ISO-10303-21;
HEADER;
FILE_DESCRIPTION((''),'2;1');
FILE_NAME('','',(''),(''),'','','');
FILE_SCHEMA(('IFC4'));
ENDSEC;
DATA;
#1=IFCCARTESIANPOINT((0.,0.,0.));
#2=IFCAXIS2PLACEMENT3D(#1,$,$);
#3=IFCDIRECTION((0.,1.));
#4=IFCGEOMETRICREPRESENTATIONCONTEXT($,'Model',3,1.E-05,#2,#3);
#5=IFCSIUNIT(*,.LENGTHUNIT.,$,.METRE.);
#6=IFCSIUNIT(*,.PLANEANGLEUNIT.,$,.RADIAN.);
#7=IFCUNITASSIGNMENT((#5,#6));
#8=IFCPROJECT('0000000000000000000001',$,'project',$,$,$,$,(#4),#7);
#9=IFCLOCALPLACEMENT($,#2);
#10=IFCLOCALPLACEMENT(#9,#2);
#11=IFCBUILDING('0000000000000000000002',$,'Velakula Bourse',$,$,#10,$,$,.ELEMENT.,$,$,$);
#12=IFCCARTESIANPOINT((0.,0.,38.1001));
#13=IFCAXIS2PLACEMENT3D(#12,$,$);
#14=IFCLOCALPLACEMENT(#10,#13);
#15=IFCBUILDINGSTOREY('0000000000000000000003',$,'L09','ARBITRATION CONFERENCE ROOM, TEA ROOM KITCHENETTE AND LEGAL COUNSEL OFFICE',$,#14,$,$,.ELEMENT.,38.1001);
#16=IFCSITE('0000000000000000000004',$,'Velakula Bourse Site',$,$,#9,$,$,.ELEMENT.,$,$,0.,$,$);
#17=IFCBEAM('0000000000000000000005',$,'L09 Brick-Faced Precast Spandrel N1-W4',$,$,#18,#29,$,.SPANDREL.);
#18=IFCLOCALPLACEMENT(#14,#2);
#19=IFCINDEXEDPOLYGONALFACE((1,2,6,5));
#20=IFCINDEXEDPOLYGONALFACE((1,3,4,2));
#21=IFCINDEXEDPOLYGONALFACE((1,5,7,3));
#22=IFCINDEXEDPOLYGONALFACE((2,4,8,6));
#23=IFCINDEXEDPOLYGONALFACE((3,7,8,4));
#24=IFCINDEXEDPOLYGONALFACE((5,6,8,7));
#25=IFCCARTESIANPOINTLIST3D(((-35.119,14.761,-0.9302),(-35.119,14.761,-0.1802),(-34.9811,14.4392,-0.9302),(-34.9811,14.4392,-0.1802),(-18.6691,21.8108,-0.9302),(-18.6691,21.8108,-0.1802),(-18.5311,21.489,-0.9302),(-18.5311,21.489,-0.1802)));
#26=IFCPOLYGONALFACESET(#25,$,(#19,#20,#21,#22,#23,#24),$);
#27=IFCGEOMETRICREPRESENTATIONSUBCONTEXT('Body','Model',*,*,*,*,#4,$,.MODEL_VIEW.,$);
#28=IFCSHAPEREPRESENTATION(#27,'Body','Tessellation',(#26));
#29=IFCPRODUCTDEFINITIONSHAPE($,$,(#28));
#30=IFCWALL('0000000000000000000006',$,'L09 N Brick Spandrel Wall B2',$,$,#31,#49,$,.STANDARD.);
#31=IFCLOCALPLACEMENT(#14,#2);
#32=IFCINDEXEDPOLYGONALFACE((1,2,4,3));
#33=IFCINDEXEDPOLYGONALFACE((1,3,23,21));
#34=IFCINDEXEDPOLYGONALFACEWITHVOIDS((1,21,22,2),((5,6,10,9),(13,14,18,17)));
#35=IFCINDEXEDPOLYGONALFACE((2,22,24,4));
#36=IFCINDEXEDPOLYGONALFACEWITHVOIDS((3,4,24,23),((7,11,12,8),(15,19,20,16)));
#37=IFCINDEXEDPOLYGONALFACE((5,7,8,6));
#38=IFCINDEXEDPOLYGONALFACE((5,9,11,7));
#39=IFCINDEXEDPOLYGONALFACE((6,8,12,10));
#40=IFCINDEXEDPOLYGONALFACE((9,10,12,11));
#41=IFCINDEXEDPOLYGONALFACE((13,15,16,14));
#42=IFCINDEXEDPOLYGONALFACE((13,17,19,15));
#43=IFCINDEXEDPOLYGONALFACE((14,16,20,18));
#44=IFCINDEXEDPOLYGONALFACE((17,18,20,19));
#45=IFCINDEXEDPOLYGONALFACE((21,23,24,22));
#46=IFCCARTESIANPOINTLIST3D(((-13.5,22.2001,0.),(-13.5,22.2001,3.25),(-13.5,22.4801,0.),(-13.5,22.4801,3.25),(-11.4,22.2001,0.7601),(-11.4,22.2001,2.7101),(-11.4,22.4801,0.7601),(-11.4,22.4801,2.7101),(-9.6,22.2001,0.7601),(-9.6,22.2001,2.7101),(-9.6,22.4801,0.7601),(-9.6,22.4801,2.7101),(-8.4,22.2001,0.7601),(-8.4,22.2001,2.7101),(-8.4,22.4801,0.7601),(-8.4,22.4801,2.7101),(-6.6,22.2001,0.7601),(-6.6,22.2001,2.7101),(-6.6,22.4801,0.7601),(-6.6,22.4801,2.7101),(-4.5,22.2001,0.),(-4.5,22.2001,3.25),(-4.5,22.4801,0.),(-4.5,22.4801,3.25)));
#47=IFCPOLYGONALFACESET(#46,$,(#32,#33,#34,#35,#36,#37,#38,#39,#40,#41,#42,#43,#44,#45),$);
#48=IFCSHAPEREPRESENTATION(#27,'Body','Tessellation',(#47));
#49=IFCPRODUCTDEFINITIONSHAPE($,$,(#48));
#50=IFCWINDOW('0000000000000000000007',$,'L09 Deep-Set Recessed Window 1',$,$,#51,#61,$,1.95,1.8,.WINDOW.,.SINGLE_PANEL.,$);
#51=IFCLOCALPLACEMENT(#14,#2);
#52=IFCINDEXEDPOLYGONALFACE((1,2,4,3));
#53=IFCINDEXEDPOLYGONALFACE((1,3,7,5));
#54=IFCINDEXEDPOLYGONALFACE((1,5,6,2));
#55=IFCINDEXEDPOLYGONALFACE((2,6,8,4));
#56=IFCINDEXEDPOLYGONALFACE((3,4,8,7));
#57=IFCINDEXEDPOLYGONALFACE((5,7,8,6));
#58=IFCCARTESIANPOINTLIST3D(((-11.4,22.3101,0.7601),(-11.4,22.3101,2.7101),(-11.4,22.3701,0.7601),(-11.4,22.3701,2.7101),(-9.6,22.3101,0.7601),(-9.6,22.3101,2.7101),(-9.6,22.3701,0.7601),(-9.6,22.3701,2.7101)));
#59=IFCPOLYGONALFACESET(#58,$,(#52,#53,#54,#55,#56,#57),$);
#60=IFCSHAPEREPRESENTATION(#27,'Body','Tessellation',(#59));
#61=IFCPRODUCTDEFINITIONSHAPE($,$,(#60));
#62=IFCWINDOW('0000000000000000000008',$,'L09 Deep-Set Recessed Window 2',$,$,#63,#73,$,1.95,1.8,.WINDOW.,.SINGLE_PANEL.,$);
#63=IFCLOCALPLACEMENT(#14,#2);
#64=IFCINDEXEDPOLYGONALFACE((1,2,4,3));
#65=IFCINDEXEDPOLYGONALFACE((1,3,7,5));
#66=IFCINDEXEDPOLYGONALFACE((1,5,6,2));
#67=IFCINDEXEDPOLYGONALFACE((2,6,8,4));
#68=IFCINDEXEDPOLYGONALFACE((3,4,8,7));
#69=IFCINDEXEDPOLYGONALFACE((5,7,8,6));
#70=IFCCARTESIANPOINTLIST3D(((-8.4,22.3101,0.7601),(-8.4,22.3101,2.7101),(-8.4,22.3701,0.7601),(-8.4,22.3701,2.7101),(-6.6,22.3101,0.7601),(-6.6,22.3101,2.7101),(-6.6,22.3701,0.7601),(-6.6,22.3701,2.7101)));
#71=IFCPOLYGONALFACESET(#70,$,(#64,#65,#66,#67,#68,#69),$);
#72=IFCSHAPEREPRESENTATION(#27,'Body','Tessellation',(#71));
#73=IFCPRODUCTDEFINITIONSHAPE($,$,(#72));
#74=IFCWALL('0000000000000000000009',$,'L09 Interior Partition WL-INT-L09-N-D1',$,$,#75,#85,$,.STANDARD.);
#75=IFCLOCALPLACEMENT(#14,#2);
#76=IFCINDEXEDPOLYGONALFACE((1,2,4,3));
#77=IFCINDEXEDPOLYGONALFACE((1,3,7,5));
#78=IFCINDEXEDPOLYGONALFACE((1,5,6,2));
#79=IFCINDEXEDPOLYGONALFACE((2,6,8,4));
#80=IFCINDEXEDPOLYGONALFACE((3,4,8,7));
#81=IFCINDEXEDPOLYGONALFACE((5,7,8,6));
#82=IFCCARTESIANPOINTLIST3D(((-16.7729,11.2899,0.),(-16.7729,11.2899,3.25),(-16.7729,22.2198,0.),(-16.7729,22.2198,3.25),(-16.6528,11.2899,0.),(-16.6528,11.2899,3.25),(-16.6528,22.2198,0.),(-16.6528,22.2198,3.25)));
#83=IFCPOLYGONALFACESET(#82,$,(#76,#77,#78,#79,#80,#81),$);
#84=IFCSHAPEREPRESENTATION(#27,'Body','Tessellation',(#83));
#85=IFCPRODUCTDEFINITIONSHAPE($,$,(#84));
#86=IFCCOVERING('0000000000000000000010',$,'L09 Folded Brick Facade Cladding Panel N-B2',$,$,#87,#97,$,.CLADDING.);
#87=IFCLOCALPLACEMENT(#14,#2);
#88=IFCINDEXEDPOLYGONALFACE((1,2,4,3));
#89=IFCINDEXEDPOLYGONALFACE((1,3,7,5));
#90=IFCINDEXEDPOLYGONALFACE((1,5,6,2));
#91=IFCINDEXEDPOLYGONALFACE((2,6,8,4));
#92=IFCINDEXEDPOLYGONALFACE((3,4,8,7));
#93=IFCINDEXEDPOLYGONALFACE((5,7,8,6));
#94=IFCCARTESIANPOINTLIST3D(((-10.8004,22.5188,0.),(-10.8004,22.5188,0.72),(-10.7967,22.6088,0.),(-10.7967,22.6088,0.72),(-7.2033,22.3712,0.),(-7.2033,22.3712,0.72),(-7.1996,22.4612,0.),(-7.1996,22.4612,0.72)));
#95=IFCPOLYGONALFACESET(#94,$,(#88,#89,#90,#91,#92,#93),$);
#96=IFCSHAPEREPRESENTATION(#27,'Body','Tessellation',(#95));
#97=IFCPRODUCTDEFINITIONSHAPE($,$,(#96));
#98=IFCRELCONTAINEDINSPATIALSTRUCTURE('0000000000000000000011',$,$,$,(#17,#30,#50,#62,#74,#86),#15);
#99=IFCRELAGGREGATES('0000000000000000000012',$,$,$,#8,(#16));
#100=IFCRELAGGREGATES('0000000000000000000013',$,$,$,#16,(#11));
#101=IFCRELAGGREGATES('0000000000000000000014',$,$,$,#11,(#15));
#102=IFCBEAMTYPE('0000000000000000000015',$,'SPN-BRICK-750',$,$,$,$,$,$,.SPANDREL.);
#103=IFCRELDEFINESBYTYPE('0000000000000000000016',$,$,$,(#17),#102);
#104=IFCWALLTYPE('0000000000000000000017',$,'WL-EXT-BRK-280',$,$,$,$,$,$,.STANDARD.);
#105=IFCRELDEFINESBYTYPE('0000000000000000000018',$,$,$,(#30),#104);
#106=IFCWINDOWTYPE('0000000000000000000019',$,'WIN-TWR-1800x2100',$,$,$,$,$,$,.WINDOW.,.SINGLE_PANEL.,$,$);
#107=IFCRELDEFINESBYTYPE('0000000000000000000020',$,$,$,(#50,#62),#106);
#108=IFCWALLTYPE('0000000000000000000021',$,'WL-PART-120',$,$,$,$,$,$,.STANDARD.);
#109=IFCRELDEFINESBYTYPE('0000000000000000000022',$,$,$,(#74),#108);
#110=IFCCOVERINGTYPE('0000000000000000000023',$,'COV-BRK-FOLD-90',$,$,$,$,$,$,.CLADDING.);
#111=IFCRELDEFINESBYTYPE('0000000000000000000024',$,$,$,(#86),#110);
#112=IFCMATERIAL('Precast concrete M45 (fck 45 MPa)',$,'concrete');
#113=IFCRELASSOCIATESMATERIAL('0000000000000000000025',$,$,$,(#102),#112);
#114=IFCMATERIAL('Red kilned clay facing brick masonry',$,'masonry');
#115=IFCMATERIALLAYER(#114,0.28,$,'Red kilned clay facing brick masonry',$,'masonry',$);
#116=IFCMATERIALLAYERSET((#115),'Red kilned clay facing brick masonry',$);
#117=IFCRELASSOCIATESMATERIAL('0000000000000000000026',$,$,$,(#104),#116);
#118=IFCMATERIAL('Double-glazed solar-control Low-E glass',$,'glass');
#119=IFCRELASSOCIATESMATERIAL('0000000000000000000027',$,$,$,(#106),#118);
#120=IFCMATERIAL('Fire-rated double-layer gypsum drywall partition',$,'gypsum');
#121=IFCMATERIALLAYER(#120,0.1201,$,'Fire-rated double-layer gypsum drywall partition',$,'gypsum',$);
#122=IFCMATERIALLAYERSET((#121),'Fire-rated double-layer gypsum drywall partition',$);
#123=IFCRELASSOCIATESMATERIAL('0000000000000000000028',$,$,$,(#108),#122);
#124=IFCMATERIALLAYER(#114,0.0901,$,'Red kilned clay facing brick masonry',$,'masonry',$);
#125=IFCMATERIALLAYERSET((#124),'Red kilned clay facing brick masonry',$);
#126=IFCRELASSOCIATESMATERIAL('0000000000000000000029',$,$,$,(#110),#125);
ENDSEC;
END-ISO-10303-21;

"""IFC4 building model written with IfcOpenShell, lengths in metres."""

from ifc_helpers import new_model, si_unit, direction, frame, frame_2d, origin, origin_2d, place, context, subcontext, project, spatial, rectangle, extrude, material, layer, layer_set, material_profile, profile_set, type_object, element, fill, save


model = new_model("IFC4")

# Units and contexts
model_context = context("Model", 3, precision=1e-05, world=origin(), true_north=direction((0.0, 1.0)))
body_context = subcontext(model_context, "Body", "Model", "MODEL_VIEW")
ifc_project = project(units=[si_unit("LENGTHUNIT", "METRE"), si_unit("PLANEANGLEUNIT", "RADIAN")], contexts=[model_context])

# Site, building, storey
site_placement = place(None, origin())
site = spatial("IfcSite", under=ifc_project, at=site_placement, Name="Velakula Bourse Site", CompositionType="ELEMENT", RefElevation=0.0)
building_placement = place(site_placement, origin())
building = spatial("IfcBuilding", under=site, at=building_placement, Name="Velakula Bourse", CompositionType="ELEMENT")
storey_placement = place(building_placement, frame((0.0, 0.0, 38.1001)))
storey = spatial("IfcBuildingStorey", under=building, at=storey_placement, Name="L09", Description="ARBITRATION CONFERENCE ROOM, TEA ROOM KITCHENETTE AND LEGAL COUNSEL OFFICE", CompositionType="ELEMENT", Elevation=38.1001)

# Shared definitions
ifc_material_1 = material(Name="Precast concrete M45 (fck 45 MPa)", Category="concrete")

# Beam
ifc_material_profile_1 = material_profile(ifc_material_1, rectangle(XDim=0.3501, YDim=0.75, at=origin_2d()), Name="Precast concrete M45 (fck 45 MPa)")
ifc_profile_set_1 = profile_set([ifc_material_profile_1], Name="Precast concrete M45 (fck 45 MPa)")
beam_type_1 = type_object("IfcBeamType", Name="SPN-BRICK-750", PredefinedType="SPANDREL", material=ifc_profile_set_1)
beam_1_placement = place(storey_placement, frame((-18.6001, 21.6499, -0.5552), z_axis=(-0.919149, -0.393911, 0.0), x_axis=(0.393911, -0.919149, 0.0)))
element("IfcBeam", 1, at=beam_1_placement, inside=storey, type_object=beam_type_1, Name="L09 Brick-Faced Precast Spandrel N1-W4", PredefinedType="SPANDREL", context=body_context, shape_type="SweptSolid", body=[
    extrude(rectangle(XDim=0.3501, YDim=0.75, at=origin_2d()), origin(), (0.0, 0.0, 1.0), 17.897),
])

# Wall, openings, windows
ifc_material_2 = material(Name="Red kilned clay facing brick masonry", Category="masonry")
ifc_layer_1 = layer(ifc_material_2, 0.28, Name="Red kilned clay facing brick masonry", Category="masonry")
ifc_layer_set_1 = layer_set([ifc_layer_1], Name="Red kilned clay facing brick masonry")
wall_type_1 = type_object("IfcWallType", Name="WL-EXT-BRK-280", PredefinedType="STANDARD", material=ifc_layer_set_1)
wall_1_placement = place(storey_placement, frame((-13.5, 22.3401, 0.0), z_axis=(0.0, 0.0, 1.0), x_axis=(1.0, 0.0, 0.0)))
wall_1 = element("IfcWall", 2, at=wall_1_placement, inside=storey, type_object=wall_type_1, Name="L09 N Brick Spandrel Wall B2", PredefinedType="STANDARD", context=body_context, shape_type="SweptSolid", body=[
    extrude(rectangle(XDim=9.0, YDim=0.28, at=frame_2d((4.5, 0.0))), origin(), (0.0, 0.0, 1.0), 3.25),
])
opening_1_placement = place(wall_1_placement, frame((2.1001, 0.0, 0.76)))
opening_1 = element("IfcOpeningElement", 3, at=opening_1_placement, cuts=wall_1, PredefinedType="OPENING", context=body_context, shape_type="SweptSolid", body=[
    extrude(rectangle(XDim=1.8, YDim=1.95, at=frame_2d((0.8999, 0.9751))), frame((0.0, 0.1499, 0.0), z_axis=(0.0, -1.0, 0.0), x_axis=(1.0, 0.0, 0.0)), (0.0, 0.0, 1.0), 0.3),
])
opening_2_placement = place(wall_1_placement, frame((5.1001, 0.0, 0.76)))
opening_2 = element("IfcOpeningElement", 4, at=opening_2_placement, cuts=wall_1, PredefinedType="OPENING", context=body_context, shape_type="SweptSolid", body=[
    extrude(rectangle(XDim=1.8, YDim=1.95, at=frame_2d((0.8999, 0.9751))), frame((0.0, 0.1499, 0.0), z_axis=(0.0, -1.0, 0.0), x_axis=(1.0, 0.0, 0.0)), (0.0, 0.0, 1.0), 0.3),
])
ifc_material_3 = material(Name="Double-glazed solar-control Low-E glass", Category="glass")
window_type = type_object("IfcWindowType", Name="WIN-TWR-1800x2100", PartitioningType="SINGLE_PANEL", PredefinedType="WINDOW", material=ifc_material_3)
window_1_placement = place(opening_1_placement, origin())
window_1 = element("IfcWindow", 5, at=window_1_placement, inside=storey, type_object=window_type, Name="L09 Deep-Set Recessed Window 1", OverallHeight=1.95, OverallWidth=1.8, PartitioningType="SINGLE_PANEL", PredefinedType="WINDOW", context=body_context, shape_type="SweptSolid", body=[
    extrude(rectangle(XDim=1.8, YDim=1.95, at=frame_2d((0.8999, 0.9751))), frame((0.0, 0.03, 0.0), z_axis=(0.0, -1.0, 0.0), x_axis=(1.0, 0.0, 0.0)), (0.0, 0.0, 1.0), 0.0601),
])
fill(opening_1, window_1)
window_2_placement = place(opening_2_placement, origin())
window_2 = element("IfcWindow", 6, at=window_2_placement, inside=storey, type_object=window_type, Name="L09 Deep-Set Recessed Window 2", OverallHeight=1.95, OverallWidth=1.8, PartitioningType="SINGLE_PANEL", PredefinedType="WINDOW", context=body_context, shape_type="SweptSolid", body=[
    extrude(rectangle(XDim=1.8, YDim=1.95, at=frame_2d((0.8999, 0.9751))), frame((0.0, 0.03, 0.0), z_axis=(0.0, -1.0, 0.0), x_axis=(1.0, 0.0, 0.0)), (0.0, 0.0, 1.0), 0.0601),
])
fill(opening_2, window_2)

# Wall
ifc_material_4 = material(Name="Fire-rated double-layer gypsum drywall partition", Category="gypsum")
ifc_layer_2 = layer(ifc_material_4, 0.1201, Name="Fire-rated double-layer gypsum drywall partition", Category="gypsum")
ifc_layer_set_2 = layer_set([ifc_layer_2], Name="Fire-rated double-layer gypsum drywall partition")
wall_type_2 = type_object("IfcWallType", Name="WL-PART-120", PredefinedType="STANDARD", material=ifc_layer_set_2)
wall_2_placement = place(storey_placement, frame((-16.7129, 11.29, 0.0), z_axis=(0.0, 0.0, 1.0), x_axis=(0.0, 1.0, 0.0)))
element("IfcWall", 7, at=wall_2_placement, inside=storey, type_object=wall_type_2, Name="L09 Interior Partition WL-INT-L09-N-D1", PredefinedType="STANDARD", context=body_context, shape_type="SweptSolid", body=[
    extrude(rectangle(XDim=10.9299, YDim=0.1201, at=frame_2d((5.4648, 0.0))), origin(), (0.0, 0.0, 1.0), 3.25),
])

# Covering
ifc_layer_3 = layer(ifc_material_2, 0.0901, Name="Red kilned clay facing brick masonry", Category="masonry")
ifc_layer_set_3 = layer_set([ifc_layer_3], Name="Red kilned clay facing brick masonry")
covering_type = type_object("IfcCoveringType", Name="COV-BRK-FOLD-90", PredefinedType="CLADDING", material=ifc_layer_set_3)
covering_placement = place(storey_placement, frame((-9.0, 22.49, 0.0), z_axis=(0.0, 0.0, 1.0), x_axis=(0.999159, -0.041004, 0.0)))
element("IfcCovering", 8, at=covering_placement, inside=storey, type_object=covering_type, Name="L09 Folded Brick Facade Cladding Panel N-B2", PredefinedType="CLADDING", context=body_context, shape_type="SweptSolid", body=[
    extrude(rectangle(XDim=3.6001, YDim=0.0901, at=origin_2d()), origin(), (0.0, 0.0, 1.0), 0.72),
])

save(model, "model.ifc")
